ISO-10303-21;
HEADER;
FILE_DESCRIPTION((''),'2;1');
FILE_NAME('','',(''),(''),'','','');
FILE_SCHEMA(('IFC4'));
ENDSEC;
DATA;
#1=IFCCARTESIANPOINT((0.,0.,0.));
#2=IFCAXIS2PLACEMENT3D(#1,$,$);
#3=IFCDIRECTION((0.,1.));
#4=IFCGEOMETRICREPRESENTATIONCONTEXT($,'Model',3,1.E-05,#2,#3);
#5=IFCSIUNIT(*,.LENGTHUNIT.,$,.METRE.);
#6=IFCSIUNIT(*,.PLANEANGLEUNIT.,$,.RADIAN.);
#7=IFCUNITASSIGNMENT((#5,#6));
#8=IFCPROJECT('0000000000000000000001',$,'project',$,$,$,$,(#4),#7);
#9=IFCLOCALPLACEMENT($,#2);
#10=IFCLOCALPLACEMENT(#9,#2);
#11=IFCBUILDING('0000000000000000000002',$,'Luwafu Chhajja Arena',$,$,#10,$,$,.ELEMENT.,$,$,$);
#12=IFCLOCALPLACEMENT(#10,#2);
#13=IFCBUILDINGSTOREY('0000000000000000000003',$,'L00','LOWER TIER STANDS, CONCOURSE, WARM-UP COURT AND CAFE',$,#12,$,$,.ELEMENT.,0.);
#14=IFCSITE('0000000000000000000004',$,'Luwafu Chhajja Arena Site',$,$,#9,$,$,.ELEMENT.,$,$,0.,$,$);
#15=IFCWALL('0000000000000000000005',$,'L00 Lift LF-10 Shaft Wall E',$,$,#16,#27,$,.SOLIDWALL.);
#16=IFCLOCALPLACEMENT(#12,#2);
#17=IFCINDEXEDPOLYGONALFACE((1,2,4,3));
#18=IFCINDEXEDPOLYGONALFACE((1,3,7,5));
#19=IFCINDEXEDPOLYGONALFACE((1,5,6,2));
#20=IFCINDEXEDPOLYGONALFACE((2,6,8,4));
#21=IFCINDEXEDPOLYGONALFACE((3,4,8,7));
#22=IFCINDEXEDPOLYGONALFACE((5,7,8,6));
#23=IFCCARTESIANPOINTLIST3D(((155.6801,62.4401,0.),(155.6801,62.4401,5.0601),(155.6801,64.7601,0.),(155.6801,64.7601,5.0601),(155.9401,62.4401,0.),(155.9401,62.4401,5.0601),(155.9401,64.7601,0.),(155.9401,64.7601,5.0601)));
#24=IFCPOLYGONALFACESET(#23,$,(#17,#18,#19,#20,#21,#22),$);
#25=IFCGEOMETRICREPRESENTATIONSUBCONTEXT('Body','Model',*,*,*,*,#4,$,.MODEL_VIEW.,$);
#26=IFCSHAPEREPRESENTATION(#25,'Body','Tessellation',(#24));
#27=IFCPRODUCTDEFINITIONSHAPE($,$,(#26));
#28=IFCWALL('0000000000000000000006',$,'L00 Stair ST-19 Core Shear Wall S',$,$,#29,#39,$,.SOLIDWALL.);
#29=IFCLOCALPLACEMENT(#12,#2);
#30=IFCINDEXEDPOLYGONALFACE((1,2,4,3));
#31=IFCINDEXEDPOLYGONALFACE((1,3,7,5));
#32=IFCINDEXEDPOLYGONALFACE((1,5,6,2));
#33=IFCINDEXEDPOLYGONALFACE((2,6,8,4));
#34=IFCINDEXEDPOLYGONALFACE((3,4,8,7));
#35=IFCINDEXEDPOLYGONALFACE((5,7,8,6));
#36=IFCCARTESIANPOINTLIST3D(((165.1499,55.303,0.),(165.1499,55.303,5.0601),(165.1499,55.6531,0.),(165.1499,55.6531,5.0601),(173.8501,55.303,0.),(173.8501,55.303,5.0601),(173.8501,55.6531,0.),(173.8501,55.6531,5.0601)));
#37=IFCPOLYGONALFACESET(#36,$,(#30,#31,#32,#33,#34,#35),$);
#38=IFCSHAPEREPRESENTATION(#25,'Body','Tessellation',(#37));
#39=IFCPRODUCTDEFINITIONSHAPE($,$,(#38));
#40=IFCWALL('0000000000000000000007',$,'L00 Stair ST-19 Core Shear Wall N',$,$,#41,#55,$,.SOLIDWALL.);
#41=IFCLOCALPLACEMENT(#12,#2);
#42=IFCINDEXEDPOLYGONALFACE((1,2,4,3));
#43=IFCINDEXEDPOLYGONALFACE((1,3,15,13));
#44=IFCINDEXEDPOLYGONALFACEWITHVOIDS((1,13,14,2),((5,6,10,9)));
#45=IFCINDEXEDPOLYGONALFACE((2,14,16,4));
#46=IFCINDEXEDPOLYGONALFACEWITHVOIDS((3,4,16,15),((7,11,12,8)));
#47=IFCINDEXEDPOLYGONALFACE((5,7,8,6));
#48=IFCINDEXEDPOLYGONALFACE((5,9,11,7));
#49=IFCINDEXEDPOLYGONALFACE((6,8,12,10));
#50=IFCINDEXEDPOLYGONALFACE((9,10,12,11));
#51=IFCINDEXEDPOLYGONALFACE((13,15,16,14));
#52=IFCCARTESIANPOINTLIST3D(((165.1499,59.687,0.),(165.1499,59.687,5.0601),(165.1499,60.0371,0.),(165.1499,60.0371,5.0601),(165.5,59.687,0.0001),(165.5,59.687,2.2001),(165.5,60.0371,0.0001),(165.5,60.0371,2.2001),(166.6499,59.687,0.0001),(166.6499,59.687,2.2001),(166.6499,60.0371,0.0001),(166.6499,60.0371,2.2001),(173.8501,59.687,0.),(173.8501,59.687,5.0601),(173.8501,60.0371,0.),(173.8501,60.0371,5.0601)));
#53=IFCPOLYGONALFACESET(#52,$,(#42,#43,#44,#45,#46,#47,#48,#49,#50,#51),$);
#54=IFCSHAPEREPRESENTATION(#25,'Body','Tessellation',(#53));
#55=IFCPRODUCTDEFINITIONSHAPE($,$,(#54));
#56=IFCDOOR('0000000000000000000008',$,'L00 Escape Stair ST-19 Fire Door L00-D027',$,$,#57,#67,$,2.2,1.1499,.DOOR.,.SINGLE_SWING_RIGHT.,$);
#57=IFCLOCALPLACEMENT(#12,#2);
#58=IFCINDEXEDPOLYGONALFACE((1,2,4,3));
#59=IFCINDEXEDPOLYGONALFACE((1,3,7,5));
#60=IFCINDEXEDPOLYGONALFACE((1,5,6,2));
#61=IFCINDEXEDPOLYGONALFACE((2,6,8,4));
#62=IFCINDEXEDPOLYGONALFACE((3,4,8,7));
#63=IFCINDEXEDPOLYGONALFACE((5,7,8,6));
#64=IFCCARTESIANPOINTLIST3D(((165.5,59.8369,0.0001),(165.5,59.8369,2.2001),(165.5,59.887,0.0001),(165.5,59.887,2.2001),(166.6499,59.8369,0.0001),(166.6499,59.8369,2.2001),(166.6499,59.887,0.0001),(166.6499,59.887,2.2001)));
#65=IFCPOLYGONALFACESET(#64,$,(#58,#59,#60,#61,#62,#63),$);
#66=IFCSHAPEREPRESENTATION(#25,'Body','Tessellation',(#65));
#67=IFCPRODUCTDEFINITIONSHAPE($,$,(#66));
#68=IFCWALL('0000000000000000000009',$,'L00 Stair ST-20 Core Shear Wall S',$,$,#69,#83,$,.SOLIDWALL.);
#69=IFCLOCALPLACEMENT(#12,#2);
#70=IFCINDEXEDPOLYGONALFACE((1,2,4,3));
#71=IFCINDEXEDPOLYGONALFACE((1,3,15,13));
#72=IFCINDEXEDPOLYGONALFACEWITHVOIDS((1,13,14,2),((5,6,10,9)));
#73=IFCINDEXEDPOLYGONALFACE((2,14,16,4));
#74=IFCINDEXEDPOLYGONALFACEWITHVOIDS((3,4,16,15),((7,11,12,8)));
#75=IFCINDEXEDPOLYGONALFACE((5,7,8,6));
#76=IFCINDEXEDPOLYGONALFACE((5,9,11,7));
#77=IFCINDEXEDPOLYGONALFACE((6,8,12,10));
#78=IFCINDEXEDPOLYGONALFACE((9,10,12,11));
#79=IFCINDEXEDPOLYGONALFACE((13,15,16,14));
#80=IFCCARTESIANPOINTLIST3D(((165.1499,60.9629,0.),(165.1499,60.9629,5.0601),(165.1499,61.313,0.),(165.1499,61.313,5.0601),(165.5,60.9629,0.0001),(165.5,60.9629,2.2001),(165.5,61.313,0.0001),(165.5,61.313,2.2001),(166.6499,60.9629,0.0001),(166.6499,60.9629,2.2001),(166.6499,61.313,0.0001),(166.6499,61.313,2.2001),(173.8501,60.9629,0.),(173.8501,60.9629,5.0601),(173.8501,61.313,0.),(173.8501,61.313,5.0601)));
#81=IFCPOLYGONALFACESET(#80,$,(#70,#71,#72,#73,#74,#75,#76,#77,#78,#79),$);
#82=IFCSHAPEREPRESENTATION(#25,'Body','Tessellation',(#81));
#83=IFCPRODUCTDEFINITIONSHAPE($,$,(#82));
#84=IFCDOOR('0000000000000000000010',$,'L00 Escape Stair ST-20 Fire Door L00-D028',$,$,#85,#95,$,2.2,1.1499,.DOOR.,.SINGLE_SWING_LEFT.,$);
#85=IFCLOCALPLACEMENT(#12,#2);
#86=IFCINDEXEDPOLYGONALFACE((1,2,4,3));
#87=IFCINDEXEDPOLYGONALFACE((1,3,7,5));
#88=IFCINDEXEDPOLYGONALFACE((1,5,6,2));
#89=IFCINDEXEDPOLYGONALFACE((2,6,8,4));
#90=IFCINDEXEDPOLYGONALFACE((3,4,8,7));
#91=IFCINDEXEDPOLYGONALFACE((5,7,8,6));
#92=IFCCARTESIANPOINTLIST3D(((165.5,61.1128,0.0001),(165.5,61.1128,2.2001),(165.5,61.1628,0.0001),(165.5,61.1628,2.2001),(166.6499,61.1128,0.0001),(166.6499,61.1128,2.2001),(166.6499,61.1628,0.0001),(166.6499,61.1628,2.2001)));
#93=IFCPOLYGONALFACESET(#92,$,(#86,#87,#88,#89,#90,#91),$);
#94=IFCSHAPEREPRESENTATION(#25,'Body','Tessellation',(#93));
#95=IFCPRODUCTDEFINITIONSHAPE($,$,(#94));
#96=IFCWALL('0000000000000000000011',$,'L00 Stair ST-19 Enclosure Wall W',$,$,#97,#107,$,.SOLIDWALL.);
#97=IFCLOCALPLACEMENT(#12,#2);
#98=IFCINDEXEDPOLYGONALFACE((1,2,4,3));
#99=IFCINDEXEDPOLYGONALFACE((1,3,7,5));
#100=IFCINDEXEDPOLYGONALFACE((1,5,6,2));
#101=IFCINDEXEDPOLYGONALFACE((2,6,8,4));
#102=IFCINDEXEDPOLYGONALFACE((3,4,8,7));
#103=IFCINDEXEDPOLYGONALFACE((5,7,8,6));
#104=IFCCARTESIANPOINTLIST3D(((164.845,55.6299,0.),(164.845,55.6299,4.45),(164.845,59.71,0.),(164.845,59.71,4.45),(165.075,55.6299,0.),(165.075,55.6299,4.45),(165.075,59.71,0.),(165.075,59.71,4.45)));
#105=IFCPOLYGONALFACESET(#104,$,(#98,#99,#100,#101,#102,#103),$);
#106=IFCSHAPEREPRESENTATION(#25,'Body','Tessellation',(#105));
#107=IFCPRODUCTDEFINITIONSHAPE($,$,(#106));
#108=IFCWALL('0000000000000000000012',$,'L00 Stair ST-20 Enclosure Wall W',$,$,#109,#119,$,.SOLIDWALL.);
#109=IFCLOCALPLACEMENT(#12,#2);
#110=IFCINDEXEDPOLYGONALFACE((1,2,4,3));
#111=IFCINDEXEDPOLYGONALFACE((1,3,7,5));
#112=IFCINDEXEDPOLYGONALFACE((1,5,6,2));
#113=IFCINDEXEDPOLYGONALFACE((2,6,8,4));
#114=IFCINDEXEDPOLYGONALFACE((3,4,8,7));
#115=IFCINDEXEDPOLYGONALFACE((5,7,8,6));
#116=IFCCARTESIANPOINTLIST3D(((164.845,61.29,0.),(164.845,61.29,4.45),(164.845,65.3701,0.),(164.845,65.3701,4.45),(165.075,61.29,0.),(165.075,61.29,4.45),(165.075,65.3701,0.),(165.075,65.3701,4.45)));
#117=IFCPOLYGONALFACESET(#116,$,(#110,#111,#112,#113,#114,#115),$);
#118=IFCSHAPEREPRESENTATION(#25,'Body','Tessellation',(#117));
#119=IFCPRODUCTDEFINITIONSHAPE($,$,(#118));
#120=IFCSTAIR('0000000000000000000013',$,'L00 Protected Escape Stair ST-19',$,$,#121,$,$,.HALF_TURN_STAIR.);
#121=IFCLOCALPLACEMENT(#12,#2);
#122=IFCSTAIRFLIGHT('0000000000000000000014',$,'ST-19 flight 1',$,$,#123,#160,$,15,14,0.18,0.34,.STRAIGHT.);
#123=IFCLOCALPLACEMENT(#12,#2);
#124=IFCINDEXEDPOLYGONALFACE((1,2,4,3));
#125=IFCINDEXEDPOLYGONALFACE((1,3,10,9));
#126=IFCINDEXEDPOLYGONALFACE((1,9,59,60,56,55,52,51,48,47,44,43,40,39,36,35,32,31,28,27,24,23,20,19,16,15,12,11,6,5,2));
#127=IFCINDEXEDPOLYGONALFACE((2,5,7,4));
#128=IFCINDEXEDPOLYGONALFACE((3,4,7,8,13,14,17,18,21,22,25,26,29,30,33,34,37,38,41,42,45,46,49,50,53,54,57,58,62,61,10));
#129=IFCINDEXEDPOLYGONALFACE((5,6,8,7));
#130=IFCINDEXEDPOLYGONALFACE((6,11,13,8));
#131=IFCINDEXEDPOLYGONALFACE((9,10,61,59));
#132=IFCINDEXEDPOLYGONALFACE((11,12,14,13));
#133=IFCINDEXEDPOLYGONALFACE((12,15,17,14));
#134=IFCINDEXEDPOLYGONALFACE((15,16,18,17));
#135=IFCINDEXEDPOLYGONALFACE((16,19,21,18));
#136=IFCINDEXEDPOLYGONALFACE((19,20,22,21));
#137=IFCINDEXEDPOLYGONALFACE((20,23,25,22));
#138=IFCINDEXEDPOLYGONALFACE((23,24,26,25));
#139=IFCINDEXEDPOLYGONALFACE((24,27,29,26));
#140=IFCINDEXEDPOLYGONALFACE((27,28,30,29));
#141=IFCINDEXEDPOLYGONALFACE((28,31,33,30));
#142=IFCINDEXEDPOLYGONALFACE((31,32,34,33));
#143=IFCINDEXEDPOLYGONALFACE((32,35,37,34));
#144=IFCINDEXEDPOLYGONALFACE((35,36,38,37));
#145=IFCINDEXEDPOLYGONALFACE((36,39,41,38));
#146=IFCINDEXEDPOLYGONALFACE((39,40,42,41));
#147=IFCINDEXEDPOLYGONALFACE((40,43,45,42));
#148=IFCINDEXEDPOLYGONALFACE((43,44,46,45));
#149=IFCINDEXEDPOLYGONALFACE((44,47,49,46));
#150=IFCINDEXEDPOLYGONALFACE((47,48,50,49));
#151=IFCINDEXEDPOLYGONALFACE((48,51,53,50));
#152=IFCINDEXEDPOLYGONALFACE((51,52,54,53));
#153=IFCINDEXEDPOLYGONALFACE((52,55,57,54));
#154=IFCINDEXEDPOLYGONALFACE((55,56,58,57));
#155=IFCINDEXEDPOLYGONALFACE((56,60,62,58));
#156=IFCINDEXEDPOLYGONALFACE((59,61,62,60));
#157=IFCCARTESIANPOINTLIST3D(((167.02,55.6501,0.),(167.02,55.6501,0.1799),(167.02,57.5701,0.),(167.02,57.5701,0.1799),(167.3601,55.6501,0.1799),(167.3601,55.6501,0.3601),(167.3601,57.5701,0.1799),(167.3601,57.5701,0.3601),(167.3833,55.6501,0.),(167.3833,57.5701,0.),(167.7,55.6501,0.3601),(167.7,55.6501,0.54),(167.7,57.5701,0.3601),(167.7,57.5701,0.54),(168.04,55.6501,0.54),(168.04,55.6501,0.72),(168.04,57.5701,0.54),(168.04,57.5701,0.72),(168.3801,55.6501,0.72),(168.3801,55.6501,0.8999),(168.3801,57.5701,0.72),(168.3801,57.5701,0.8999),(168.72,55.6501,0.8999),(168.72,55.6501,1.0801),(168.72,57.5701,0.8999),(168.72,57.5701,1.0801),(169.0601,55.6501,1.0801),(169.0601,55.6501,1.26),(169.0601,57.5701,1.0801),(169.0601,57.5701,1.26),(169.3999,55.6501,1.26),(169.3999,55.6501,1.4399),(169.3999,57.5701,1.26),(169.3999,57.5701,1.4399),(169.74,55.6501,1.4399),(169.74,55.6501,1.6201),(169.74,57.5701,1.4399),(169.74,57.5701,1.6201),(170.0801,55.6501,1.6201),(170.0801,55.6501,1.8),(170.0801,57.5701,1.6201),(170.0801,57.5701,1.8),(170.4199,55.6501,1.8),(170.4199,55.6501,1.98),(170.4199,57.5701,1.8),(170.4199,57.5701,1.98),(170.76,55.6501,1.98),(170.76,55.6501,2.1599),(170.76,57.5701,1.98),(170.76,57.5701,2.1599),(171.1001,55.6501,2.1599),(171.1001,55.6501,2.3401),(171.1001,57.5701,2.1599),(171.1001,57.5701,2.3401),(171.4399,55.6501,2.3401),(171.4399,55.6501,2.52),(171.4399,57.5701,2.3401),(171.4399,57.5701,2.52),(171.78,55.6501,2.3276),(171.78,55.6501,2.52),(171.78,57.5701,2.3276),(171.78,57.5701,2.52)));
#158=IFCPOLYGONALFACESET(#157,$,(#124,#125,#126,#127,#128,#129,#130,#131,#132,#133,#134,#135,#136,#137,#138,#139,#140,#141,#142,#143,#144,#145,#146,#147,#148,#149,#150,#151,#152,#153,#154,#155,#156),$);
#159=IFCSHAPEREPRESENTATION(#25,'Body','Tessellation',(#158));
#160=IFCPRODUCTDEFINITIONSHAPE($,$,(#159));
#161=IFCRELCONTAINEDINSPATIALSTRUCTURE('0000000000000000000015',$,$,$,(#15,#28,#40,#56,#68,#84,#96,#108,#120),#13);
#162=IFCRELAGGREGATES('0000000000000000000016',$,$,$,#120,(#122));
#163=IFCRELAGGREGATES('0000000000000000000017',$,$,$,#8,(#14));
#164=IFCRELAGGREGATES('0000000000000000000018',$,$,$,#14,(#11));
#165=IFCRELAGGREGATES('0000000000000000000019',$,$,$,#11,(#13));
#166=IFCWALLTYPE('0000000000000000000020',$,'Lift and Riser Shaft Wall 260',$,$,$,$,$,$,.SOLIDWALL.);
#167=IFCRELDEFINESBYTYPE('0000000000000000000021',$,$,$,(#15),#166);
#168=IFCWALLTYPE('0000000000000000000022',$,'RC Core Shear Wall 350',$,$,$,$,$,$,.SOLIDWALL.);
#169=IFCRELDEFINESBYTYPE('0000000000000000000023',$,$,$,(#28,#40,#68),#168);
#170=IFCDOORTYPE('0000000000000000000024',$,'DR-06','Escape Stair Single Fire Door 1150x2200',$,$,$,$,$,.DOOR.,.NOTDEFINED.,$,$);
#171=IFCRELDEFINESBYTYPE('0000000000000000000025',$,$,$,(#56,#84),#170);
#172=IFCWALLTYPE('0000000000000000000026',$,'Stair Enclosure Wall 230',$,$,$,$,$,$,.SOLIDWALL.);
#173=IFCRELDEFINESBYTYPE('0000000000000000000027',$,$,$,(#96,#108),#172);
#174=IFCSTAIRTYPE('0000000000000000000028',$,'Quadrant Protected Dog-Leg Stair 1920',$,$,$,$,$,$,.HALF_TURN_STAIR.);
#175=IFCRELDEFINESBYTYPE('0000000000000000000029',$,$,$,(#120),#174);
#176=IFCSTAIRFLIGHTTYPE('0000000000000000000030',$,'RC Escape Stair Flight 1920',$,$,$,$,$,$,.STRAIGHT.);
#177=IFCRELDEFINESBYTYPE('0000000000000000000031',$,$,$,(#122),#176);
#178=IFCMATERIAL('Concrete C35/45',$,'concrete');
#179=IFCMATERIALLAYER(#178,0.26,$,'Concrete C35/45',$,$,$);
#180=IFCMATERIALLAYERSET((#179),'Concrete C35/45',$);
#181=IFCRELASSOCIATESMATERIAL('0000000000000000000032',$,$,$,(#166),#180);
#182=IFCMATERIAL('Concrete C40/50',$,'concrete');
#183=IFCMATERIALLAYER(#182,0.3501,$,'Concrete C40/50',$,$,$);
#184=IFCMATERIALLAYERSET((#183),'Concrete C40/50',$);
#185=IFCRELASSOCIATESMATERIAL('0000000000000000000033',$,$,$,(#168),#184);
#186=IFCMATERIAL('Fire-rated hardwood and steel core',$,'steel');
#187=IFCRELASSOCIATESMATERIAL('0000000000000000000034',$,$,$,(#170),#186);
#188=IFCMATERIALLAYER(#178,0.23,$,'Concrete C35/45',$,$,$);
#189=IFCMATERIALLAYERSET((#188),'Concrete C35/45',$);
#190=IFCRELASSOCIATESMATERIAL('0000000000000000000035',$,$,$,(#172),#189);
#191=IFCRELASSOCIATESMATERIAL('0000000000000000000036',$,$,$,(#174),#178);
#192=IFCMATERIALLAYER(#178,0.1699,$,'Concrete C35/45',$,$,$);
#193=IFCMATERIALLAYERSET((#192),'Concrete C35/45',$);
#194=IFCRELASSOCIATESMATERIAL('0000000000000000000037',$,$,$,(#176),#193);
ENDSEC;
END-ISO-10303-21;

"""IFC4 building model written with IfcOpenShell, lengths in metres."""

from ifc_helpers import new_model, si_unit, direction, frame, frame_2d, origin, place, context, subcontext, project, spatial, polyline, rectangle, outline, extrude, material, layer, layer_set, type_object, element, fill, aggregate, save


model = new_model("IFC4")

# Units and contexts
model_context = context("Model", 3, precision=1e-05, world=origin(), true_north=direction((0.0, 1.0)))
body_context = subcontext(model_context, "Body", "Model", "MODEL_VIEW")
ifc_project = project(units=[si_unit("LENGTHUNIT", "METRE"), si_unit("PLANEANGLEUNIT", "RADIAN")], contexts=[model_context])

# Site, building, storey
site_placement = place(None, origin())
site = spatial("IfcSite", under=ifc_project, at=site_placement, Name="Luwafu Chhajja Arena Site", CompositionType="ELEMENT", RefElevation=0.0)
building_placement = place(site_placement, origin())
building = spatial("IfcBuilding", under=site, at=building_placement, Name="Luwafu Chhajja Arena", CompositionType="ELEMENT")
storey_placement = place(building_placement, origin())
storey = spatial("IfcBuildingStorey", under=building, at=storey_placement, Name="L00", Description="LOWER TIER STANDS, CONCOURSE, WARM-UP COURT AND CAFE", CompositionType="ELEMENT", Elevation=0.0)

# Walls
ifc_material_1 = material(Name="Concrete C35/45", Category="concrete")
ifc_layer_1 = layer(ifc_material_1, 0.26, Name="Concrete C35/45")
ifc_layer_set_1 = layer_set([ifc_layer_1], Name="Concrete C35/45")
wall_type_1 = type_object("IfcWallType", Name="Lift and Riser Shaft Wall 260", PredefinedType="SOLIDWALL", material=ifc_layer_set_1)
wall_1_placement = place(storey_placement, frame((155.8101, 62.4399, 0.0), z_axis=(0.0, 0.0, 1.0), x_axis=(0.0, 1.0, 0.0)))
element("IfcWall", 1, at=wall_1_placement, inside=storey, type_object=wall_type_1, Name="L00 Lift LF-10 Shaft Wall E", PredefinedType="SOLIDWALL", context=body_context, shape_type="SweptSolid", body=[
    extrude(rectangle(XDim=2.3201, YDim=0.26, at=frame_2d((1.1602, 0.0))), origin(), (0.0, 0.0, 1.0), 5.0601),
])
ifc_material_2 = material(Name="Concrete C40/50", Category="concrete")
ifc_layer_2 = layer(ifc_material_2, 0.3501, Name="Concrete C40/50")
ifc_layer_set_2 = layer_set([ifc_layer_2], Name="Concrete C40/50")
wall_type_2 = type_object("IfcWallType", Name="RC Core Shear Wall 350", PredefinedType="SOLIDWALL", material=ifc_layer_set_2)
wall_2_placement = place(storey_placement, frame((165.1499, 55.478, 0.0), z_axis=(0.0, 0.0, 1.0), x_axis=(1.0, 0.0, 0.0)))
element("IfcWall", 2, at=wall_2_placement, inside=storey, type_object=wall_type_2, Name="L00 Stair ST-19 Core Shear Wall S", PredefinedType="SOLIDWALL", context=body_context, shape_type="SweptSolid", body=[
    extrude(rectangle(XDim=8.7002, YDim=0.3501, at=frame_2d((4.3501, 0.0))), origin(), (0.0, 0.0, 1.0), 5.0601),
])

# Walls, openings, doors
wall_3_placement = place(storey_placement, frame((165.1499, 59.8621, 0.0), z_axis=(0.0, 0.0, 1.0), x_axis=(1.0, 0.0, 0.0)))
wall_3 = element("IfcWall", 3, at=wall_3_placement, inside=storey, type_object=wall_type_2, Name="L00 Stair ST-19 Core Shear Wall N", PredefinedType="SOLIDWALL", context=body_context, shape_type="SweptSolid", body=[
    extrude(rectangle(XDim=8.7002, YDim=0.3501, at=frame_2d((4.3501, 0.0))), origin(), (0.0, 0.0, 1.0), 5.0601),
])
opening_1_placement = place(wall_3_placement, frame((0.3501, 0.0, 0.0)))
opening_1 = element("IfcOpeningElement", 4, at=opening_1_placement, cuts=wall_3, PredefinedType="OPENING", context=body_context, shape_type="SweptSolid", body=[
    extrude(rectangle(XDim=1.1499, YDim=2.2, at=frame_2d((0.575, 1.1001))), frame((0.0, 0.1851, 0.0), z_axis=(0.0, -1.0, 0.0), x_axis=(1.0, 0.0, 0.0)), (0.0, 0.0, 1.0), 0.3701),
])
ifc_material_3 = material(Name="Fire-rated hardwood and steel core", Category="steel")
door_type = type_object("IfcDoorType", Name="DR-06", Description="Escape Stair Single Fire Door 1150x2200", OperationType="NOTDEFINED", PredefinedType="DOOR", material=ifc_material_3)
door_1_placement = place(opening_1_placement, origin())
door_1 = element("IfcDoor", 5, at=door_1_placement, inside=storey, type_object=door_type, Name="L00 Escape Stair ST-19 Fire Door L00-D027", OperationType="SINGLE_SWING_RIGHT", OverallHeight=2.2, OverallWidth=1.1499, PredefinedType="DOOR", context=body_context, shape_type="SweptSolid", body=[
    extrude(rectangle(XDim=1.1499, YDim=2.2, at=frame_2d((0.575, 1.1001))), frame((0.0, 0.0249, 0.0), z_axis=(0.0, -1.0, 0.0), x_axis=(1.0, 0.0, 0.0)), (0.0, 0.0, 1.0), 0.05),
])
fill(opening_1, door_1)
wall_4_placement = place(storey_placement, frame((165.1499, 61.1379, 0.0), z_axis=(0.0, 0.0, 1.0), x_axis=(1.0, 0.0, 0.0)))
wall_4 = element("IfcWall", 6, at=wall_4_placement, inside=storey, type_object=wall_type_2, Name="L00 Stair ST-20 Core Shear Wall S", PredefinedType="SOLIDWALL", context=body_context, shape_type="SweptSolid", body=[
    extrude(rectangle(XDim=8.7002, YDim=0.3501, at=frame_2d((4.3501, 0.0))), origin(), (0.0, 0.0, 1.0), 5.0601),
])
opening_2_placement = place(wall_4_placement, frame((0.3501, 0.0, 0.0)))
opening_2 = element("IfcOpeningElement", 7, at=opening_2_placement, cuts=wall_4, PredefinedType="OPENING", context=body_context, shape_type="SweptSolid", body=[
    extrude(rectangle(XDim=1.1499, YDim=2.2, at=frame_2d((0.575, 1.1001))), frame((0.0, 0.1851, 0.0), z_axis=(0.0, -1.0, 0.0), x_axis=(1.0, 0.0, 0.0)), (0.0, 0.0, 1.0), 0.3701),
])
door_2_placement = place(opening_2_placement, origin())
door_2 = element("IfcDoor", 8, at=door_2_placement, inside=storey, type_object=door_type, Name="L00 Escape Stair ST-20 Fire Door L00-D028", OperationType="SINGLE_SWING_LEFT", OverallHeight=2.2, OverallWidth=1.1499, PredefinedType="DOOR", context=body_context, shape_type="SweptSolid", body=[
    extrude(rectangle(XDim=1.1499, YDim=2.2, at=frame_2d((0.575, 1.1001))), frame((0.0, 0.0249, 0.0), z_axis=(0.0, -1.0, 0.0), x_axis=(1.0, 0.0, 0.0)), (0.0, 0.0, 1.0), 0.05),
])
fill(opening_2, door_2)

# Walls
ifc_layer_3 = layer(ifc_material_1, 0.23, Name="Concrete C35/45")
ifc_layer_set_3 = layer_set([ifc_layer_3], Name="Concrete C35/45")
wall_type_3 = type_object("IfcWallType", Name="Stair Enclosure Wall 230", PredefinedType="SOLIDWALL", material=ifc_layer_set_3)
for number, where, z_axis, x_axis, name in (
    (9, (164.96, 55.6299, 0.0), (0.0, 0.0, 1.0), (0.0, 1.0, 0.0), "L00 Stair ST-19 Enclosure Wall W"),
    (10, (164.96, 61.29, 0.0), (0.0, 0.0, 1.0), (0.0, 1.0, 0.0), "L00 Stair ST-20 Enclosure Wall W"),
):
    element("IfcWall", number, at=place(storey_placement, frame(where, z_axis=z_axis, x_axis=x_axis)), inside=storey, type_object=wall_type_3, Name=name, PredefinedType="SOLIDWALL", context=body_context, shape_type="SweptSolid", body=[
        extrude(rectangle(XDim=4.0801, YDim=0.23, at=frame_2d((2.04, 0.0))), origin(), (0.0, 0.0, 1.0), 4.45),
    ])

# Stair, stair flight
stair_type = type_object("IfcStairType", Name="Quadrant Protected Dog-Leg Stair 1920", PredefinedType="HALF_TURN_STAIR", material=ifc_material_1)
stair_1_placement = place(storey_placement, origin())
stair_1 = element("IfcStair", 11, at=stair_1_placement, inside=storey, type_object=stair_type, Name="L00 Protected Escape Stair ST-19", PredefinedType="HALF_TURN_STAIR")
ifc_layer_4 = layer(ifc_material_1, 0.1699, Name="Concrete C35/45")
ifc_layer_set_4 = layer_set([ifc_layer_4], Name="Concrete C35/45")
stair_flight_type = type_object("IfcStairFlightType", Name="RC Escape Stair Flight 1920", PredefinedType="STRAIGHT", material=ifc_layer_set_4)
stair_flight_1_placement = place(storey_placement, frame((167.02, 56.6101, 0.0), z_axis=(0.0, 0.0, 1.0), x_axis=(1.0, 0.0, 0.0)))
stair_flight_1 = element("IfcStairFlight", 12, at=stair_flight_1_placement, type_object=stair_flight_type, Name="ST-19 flight 1", NumberOfRisers=15, NumberOfTreads=14, PredefinedType="STRAIGHT", RiserHeight=0.18, TreadLength=0.34, context=body_context, shape_type="SweptSolid", body=[
    extrude(outline(polyline([(0.0, 0.0), (0.0, 0.1799), (0.3401, 0.1799), (0.3401, 0.3601), (0.6799, 0.3601), (0.6799, 0.54), (1.02, 0.54), (1.02, 0.72), (1.3601, 0.72), (1.3601, 0.8999), (1.7, 0.8999), (1.7, 1.0801), (2.04, 1.0801), (2.04, 1.26), (2.3799, 1.26), (2.3799, 1.4399), (2.72, 1.4399), (2.72, 1.6201), (3.0601, 1.6201), (3.0601, 1.8), (3.3999, 1.8), (3.3999, 1.98), (3.74, 1.98), (3.74, 2.1599), (4.0801, 2.1599), (4.0801, 2.3401), (4.4199, 2.3401), (4.4199, 2.52), (4.76, 2.52), (4.76, 2.7), (4.76, 2.3276), (0.3633, 0.0), (0.0, 0.0)])), frame((0.0, 0.96, 0.0), z_axis=(0.0, -1.0, 0.0), x_axis=(1.0, 0.0, 0.0)), (0.0, 0.0, 1.0), 1.9199),
])
aggregate(stair_1, [stair_flight_1])

save(model, "model.ifc")
